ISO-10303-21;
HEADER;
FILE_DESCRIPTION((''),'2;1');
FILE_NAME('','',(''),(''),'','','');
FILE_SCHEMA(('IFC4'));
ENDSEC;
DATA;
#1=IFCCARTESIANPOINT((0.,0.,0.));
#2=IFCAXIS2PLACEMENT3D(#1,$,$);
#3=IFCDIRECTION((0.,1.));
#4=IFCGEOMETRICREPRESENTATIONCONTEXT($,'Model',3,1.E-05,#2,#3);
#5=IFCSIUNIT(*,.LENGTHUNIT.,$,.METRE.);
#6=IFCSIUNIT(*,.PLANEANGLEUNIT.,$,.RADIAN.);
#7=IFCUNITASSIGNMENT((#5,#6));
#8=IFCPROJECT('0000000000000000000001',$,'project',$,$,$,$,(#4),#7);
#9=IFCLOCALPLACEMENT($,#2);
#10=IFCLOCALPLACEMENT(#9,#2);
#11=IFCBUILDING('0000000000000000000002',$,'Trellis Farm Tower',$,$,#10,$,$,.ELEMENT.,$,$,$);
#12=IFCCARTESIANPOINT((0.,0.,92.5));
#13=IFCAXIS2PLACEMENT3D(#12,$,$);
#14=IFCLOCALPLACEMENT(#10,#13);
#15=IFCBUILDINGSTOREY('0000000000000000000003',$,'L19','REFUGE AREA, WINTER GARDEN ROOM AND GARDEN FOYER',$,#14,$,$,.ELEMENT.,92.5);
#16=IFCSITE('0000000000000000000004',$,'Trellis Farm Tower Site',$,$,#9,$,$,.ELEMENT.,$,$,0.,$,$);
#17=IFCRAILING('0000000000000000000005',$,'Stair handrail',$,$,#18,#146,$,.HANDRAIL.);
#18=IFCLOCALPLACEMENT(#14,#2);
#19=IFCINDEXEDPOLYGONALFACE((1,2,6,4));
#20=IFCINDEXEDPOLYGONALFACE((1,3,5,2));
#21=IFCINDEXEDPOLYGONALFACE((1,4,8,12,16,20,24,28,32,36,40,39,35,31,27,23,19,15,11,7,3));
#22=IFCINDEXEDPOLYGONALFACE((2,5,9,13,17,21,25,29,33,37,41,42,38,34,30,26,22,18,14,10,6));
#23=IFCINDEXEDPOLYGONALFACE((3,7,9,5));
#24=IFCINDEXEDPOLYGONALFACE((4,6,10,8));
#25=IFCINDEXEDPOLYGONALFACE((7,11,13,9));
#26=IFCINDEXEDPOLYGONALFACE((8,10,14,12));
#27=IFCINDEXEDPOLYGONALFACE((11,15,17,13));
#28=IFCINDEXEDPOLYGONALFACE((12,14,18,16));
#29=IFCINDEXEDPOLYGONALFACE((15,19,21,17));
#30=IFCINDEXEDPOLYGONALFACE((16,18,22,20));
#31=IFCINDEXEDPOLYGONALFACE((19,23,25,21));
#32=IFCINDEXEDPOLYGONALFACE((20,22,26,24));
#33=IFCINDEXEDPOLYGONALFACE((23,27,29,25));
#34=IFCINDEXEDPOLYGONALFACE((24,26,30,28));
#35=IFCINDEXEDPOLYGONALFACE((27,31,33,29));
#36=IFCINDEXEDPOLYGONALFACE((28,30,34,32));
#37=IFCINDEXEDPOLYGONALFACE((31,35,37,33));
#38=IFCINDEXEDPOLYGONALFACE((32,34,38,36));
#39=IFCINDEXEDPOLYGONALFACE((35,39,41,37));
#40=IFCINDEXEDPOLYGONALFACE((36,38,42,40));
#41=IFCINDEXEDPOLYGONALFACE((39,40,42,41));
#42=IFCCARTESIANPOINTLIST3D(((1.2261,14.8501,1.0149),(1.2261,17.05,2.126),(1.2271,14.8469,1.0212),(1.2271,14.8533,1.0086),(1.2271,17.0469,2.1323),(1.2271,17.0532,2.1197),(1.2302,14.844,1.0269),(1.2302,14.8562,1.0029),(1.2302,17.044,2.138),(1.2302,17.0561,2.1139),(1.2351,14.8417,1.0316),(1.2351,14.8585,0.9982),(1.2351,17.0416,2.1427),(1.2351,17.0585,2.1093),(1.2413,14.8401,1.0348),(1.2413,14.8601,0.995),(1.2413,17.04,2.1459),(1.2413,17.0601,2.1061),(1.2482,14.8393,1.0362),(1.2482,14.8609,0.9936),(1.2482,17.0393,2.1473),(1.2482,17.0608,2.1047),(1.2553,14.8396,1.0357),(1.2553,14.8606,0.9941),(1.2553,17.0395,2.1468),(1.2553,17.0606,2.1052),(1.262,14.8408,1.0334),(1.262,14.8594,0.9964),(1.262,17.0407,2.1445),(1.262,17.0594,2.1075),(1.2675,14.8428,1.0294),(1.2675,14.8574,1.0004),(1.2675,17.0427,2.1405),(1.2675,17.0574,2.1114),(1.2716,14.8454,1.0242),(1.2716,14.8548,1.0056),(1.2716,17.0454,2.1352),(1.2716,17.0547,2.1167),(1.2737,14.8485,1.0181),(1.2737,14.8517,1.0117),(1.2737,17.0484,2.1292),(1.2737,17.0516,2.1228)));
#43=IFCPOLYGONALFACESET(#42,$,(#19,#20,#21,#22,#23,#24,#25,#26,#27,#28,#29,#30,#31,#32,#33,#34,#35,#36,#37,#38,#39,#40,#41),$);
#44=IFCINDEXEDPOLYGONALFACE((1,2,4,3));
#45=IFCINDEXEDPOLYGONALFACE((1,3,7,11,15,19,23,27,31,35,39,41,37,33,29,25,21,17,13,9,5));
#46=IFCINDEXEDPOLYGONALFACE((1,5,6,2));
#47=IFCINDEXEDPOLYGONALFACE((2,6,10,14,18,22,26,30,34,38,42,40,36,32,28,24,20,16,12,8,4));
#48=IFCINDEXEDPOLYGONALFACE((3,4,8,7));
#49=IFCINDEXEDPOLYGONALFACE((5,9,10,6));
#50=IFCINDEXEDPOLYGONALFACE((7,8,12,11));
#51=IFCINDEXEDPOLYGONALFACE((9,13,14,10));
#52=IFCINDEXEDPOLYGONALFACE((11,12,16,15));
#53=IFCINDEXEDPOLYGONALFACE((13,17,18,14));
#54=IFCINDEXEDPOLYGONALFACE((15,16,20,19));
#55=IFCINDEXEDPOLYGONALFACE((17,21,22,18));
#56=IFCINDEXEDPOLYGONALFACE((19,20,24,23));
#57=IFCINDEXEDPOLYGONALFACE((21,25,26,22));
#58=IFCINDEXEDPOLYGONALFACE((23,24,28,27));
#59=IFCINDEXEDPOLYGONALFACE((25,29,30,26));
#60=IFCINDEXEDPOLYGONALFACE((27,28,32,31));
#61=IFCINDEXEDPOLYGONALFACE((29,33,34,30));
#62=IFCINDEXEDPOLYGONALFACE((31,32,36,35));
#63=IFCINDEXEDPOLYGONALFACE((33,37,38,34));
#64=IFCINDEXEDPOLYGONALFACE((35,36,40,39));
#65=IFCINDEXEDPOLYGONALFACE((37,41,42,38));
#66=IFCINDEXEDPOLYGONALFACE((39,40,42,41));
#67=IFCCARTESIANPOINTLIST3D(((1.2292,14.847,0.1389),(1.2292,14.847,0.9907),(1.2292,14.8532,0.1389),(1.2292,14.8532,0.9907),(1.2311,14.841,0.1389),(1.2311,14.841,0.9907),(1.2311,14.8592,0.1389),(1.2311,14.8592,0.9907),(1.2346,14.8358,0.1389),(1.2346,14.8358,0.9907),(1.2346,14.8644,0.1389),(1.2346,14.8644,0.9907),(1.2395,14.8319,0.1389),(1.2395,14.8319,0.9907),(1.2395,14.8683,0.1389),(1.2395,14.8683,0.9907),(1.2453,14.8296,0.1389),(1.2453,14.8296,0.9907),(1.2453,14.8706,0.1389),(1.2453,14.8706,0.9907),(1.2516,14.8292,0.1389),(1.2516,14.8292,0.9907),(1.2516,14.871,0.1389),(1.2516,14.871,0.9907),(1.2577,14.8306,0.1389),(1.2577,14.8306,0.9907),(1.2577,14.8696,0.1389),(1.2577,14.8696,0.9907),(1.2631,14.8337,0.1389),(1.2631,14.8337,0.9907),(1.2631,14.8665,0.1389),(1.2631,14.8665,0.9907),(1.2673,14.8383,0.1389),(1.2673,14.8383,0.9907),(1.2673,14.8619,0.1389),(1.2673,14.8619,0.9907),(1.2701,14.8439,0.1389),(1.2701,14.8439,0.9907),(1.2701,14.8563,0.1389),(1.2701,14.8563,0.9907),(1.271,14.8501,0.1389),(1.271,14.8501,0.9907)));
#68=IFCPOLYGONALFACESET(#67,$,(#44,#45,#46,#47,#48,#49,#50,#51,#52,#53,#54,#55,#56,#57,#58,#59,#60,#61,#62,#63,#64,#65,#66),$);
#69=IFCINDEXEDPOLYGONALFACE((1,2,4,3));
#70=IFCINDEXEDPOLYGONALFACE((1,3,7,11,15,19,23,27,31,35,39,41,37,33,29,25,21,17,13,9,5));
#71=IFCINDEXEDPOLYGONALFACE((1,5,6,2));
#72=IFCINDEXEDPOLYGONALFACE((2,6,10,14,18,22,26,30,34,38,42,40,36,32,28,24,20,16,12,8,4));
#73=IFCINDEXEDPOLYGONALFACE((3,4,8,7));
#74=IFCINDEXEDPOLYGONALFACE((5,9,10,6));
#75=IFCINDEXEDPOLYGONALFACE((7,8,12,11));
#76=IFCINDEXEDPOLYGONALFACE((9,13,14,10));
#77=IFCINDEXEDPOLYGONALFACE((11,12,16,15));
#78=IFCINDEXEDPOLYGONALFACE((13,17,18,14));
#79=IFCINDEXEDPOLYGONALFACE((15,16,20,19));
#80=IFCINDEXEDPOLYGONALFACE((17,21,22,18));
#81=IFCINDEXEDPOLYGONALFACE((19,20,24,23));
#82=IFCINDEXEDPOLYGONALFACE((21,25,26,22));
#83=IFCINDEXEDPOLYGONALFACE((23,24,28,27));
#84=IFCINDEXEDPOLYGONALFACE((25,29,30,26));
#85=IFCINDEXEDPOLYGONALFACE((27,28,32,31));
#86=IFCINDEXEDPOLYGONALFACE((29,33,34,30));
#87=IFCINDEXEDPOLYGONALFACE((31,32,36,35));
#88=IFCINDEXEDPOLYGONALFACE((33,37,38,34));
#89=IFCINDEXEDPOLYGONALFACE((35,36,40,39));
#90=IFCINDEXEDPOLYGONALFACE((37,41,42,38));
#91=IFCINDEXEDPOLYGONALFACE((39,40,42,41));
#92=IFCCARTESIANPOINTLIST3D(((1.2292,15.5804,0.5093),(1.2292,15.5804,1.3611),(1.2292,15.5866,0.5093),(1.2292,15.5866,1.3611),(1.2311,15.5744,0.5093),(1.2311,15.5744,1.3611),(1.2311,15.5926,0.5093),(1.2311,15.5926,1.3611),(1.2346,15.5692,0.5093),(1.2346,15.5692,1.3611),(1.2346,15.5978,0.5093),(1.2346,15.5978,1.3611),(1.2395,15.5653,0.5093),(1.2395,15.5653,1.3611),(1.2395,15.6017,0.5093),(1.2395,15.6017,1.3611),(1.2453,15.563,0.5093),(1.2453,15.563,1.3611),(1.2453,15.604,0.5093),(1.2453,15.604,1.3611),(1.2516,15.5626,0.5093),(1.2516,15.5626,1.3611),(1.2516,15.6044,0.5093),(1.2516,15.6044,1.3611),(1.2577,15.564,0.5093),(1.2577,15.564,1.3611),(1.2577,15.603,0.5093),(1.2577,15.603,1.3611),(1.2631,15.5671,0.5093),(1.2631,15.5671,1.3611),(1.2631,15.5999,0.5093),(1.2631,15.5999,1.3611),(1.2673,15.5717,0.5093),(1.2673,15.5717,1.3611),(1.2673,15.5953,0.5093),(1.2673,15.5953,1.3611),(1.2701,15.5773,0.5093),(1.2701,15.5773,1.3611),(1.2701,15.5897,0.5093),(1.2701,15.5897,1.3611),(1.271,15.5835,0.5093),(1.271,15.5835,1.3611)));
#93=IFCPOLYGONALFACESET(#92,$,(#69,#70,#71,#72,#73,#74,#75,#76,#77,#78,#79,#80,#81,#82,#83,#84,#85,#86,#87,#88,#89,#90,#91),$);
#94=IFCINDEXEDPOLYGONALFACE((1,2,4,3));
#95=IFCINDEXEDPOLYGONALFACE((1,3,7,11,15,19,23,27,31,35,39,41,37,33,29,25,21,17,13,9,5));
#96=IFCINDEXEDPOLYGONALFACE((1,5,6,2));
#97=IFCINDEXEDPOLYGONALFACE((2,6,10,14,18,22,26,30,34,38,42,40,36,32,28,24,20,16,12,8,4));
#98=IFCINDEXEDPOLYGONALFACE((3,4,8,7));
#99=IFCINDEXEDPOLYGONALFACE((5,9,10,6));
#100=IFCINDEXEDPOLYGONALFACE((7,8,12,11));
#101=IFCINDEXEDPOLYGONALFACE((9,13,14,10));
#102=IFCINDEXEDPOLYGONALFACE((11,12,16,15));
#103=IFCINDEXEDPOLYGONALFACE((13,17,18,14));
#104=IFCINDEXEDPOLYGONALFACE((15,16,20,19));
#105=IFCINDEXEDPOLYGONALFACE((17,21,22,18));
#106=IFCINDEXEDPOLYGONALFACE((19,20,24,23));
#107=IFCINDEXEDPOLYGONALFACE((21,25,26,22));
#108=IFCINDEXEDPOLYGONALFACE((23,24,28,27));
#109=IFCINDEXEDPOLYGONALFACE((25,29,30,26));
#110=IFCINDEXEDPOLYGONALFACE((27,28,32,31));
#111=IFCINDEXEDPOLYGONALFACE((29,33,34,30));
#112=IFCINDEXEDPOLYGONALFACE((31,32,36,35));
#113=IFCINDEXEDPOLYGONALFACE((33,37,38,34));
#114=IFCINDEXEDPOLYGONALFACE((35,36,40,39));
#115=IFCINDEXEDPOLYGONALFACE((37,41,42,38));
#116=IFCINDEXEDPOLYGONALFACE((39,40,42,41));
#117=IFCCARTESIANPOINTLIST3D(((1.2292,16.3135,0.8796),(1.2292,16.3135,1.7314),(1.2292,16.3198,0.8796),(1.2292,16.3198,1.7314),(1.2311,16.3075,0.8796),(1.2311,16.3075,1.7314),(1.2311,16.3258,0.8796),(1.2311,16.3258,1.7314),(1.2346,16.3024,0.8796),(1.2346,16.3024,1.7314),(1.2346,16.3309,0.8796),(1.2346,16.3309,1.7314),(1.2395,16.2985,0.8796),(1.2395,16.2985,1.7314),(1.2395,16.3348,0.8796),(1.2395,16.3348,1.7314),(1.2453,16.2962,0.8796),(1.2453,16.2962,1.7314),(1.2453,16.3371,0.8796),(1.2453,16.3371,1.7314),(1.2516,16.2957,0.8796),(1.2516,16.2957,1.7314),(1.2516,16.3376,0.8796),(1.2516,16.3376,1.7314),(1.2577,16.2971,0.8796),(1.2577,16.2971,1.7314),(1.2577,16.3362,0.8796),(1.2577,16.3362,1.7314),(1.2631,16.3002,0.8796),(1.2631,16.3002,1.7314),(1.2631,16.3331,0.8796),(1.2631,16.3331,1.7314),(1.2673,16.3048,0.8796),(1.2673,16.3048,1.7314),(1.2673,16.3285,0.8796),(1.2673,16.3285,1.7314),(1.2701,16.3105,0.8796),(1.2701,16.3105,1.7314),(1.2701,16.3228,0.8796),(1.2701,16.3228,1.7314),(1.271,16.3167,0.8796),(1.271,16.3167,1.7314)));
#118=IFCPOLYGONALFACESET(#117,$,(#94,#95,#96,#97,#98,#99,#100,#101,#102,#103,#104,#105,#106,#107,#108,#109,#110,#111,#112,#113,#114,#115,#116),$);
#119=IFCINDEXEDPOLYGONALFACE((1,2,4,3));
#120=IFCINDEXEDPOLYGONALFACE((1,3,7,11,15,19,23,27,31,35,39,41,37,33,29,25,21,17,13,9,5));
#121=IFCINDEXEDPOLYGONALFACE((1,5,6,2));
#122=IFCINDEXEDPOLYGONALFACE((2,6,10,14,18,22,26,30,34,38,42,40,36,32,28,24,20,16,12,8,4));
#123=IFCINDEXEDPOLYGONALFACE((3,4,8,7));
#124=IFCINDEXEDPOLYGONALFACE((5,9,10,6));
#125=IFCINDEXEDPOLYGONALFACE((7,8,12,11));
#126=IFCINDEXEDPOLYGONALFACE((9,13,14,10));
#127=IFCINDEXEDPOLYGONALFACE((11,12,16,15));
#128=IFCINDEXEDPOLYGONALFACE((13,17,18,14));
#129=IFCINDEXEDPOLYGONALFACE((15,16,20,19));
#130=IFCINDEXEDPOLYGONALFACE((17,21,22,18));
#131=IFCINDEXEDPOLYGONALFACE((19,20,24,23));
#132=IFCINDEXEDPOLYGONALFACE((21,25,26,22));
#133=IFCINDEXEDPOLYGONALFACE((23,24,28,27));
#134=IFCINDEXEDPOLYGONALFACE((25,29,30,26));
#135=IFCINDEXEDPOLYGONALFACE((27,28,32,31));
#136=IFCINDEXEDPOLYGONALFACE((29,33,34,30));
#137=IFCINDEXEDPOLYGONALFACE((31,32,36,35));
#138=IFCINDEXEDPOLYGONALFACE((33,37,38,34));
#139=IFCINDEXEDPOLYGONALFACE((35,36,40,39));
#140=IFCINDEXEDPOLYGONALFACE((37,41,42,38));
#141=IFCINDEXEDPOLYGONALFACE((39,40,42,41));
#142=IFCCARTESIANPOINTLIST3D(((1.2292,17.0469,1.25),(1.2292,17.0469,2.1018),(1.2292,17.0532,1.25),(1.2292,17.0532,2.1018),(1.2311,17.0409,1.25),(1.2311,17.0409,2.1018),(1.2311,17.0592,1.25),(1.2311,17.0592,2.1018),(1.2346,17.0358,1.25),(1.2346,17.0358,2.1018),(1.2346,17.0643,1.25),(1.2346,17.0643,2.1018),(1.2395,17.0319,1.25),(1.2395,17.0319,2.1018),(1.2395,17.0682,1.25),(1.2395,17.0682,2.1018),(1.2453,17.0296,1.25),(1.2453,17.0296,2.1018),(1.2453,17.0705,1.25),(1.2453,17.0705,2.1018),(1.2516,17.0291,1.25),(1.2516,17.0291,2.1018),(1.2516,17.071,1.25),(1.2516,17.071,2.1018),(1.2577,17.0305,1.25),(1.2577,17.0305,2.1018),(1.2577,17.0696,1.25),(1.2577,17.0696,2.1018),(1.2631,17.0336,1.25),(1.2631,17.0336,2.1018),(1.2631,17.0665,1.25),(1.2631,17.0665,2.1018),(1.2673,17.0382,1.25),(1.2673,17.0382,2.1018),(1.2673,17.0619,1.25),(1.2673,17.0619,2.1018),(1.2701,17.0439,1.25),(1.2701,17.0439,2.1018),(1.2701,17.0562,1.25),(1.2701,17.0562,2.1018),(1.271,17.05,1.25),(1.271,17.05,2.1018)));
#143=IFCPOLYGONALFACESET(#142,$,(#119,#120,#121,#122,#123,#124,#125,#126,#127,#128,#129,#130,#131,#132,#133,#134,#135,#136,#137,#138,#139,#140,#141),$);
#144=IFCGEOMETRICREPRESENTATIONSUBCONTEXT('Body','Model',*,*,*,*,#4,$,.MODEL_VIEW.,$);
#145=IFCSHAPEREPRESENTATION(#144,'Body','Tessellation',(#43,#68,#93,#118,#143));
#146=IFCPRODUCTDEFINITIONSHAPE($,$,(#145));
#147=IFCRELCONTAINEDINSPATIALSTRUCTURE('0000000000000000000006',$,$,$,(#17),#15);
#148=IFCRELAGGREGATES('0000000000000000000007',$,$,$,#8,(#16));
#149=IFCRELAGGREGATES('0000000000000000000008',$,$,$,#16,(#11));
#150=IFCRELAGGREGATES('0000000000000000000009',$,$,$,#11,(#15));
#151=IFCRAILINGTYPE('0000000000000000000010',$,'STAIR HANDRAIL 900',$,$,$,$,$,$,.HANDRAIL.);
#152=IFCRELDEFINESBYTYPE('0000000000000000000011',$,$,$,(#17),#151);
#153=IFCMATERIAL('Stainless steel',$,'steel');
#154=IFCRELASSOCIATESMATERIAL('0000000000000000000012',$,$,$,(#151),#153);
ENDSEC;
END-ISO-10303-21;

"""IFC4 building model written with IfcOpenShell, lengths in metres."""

from ifc_helpers import new_model, si_unit, direction, frame, origin, origin_2d, place, context, subcontext, project, spatial, circle, extrude, source, transform, mapped, material, type_object, element, save


model = new_model("IFC4")

# Units and contexts
model_context = context("Model", 3, precision=1e-05, world=origin(), true_north=direction((0.0, 1.0)))
body_context = subcontext(model_context, "Body", "Model", "MODEL_VIEW")
ifc_project = project(units=[si_unit("LENGTHUNIT", "METRE"), si_unit("PLANEANGLEUNIT", "RADIAN")], contexts=[model_context])

# Site, building, storey
site_placement = place(None, origin())
site = spatial("IfcSite", under=ifc_project, at=site_placement, Name="Trellis Farm Tower Site", CompositionType="ELEMENT", RefElevation=0.0)
building_placement = place(site_placement, origin())
building = spatial("IfcBuilding", under=site, at=building_placement, Name="Trellis Farm Tower", CompositionType="ELEMENT")
storey_placement = place(building_placement, frame((0.0, 0.0, 92.5)))
storey = spatial("IfcBuildingStorey", under=building, at=storey_placement, Name="L19", Description="REFUGE AREA, WINTER GARDEN ROOM AND GARDEN FOYER", CompositionType="ELEMENT", Elevation=92.5)

# Railing
ifc_material_1 = material(Name="Stainless steel", Category="steel")
railing_type = type_object("IfcRailingType", Name="STAIR HANDRAIL 900", PredefinedType="HANDRAIL", material=ifc_material_1)
shared_shape_1 = source(origin(), body_context, "Body", "SweptSolid", [
    extrude(circle(Radius=0.0239, at=origin_2d()), frame((0.0, 0.0, 0.876), z_axis=(0.0, 0.892617, 0.450816), x_axis=(-1.0, 0.0, 0.0)), (0.0, 0.0, 1.0), 2.4646),
    extrude(circle(Radius=0.021, at=origin_2d()), origin(), (0.0, 0.0, 1.0), 0.8518),
    extrude(circle(Radius=0.021, at=origin_2d()), frame((0.0, 0.7334, 0.3704)), (0.0, 0.0, 1.0), 0.8518),
    extrude(circle(Radius=0.021, at=origin_2d()), frame((0.0, 1.4666, 0.7407)), (0.0, 0.0, 1.0), 0.8518),
    extrude(circle(Radius=0.021, at=origin_2d()), frame((0.0, 2.2, 1.1111)), (0.0, 0.0, 1.0), 0.8518),
])
for number, where, name in (
    (1, (1.25, 14.8501, 0.1389), "Stair handrail"),
):
    element("IfcRailing", number, at=place(storey_placement, frame(where)), inside=storey, type_object=railing_type, Name=name, PredefinedType="HANDRAIL", context=body_context, shape_type="MappedRepresentation", body=[
        mapped(shared_shape_1, transform((0.0, 0.0, 0.0))),
    ])

save(model, "model.ifc")
